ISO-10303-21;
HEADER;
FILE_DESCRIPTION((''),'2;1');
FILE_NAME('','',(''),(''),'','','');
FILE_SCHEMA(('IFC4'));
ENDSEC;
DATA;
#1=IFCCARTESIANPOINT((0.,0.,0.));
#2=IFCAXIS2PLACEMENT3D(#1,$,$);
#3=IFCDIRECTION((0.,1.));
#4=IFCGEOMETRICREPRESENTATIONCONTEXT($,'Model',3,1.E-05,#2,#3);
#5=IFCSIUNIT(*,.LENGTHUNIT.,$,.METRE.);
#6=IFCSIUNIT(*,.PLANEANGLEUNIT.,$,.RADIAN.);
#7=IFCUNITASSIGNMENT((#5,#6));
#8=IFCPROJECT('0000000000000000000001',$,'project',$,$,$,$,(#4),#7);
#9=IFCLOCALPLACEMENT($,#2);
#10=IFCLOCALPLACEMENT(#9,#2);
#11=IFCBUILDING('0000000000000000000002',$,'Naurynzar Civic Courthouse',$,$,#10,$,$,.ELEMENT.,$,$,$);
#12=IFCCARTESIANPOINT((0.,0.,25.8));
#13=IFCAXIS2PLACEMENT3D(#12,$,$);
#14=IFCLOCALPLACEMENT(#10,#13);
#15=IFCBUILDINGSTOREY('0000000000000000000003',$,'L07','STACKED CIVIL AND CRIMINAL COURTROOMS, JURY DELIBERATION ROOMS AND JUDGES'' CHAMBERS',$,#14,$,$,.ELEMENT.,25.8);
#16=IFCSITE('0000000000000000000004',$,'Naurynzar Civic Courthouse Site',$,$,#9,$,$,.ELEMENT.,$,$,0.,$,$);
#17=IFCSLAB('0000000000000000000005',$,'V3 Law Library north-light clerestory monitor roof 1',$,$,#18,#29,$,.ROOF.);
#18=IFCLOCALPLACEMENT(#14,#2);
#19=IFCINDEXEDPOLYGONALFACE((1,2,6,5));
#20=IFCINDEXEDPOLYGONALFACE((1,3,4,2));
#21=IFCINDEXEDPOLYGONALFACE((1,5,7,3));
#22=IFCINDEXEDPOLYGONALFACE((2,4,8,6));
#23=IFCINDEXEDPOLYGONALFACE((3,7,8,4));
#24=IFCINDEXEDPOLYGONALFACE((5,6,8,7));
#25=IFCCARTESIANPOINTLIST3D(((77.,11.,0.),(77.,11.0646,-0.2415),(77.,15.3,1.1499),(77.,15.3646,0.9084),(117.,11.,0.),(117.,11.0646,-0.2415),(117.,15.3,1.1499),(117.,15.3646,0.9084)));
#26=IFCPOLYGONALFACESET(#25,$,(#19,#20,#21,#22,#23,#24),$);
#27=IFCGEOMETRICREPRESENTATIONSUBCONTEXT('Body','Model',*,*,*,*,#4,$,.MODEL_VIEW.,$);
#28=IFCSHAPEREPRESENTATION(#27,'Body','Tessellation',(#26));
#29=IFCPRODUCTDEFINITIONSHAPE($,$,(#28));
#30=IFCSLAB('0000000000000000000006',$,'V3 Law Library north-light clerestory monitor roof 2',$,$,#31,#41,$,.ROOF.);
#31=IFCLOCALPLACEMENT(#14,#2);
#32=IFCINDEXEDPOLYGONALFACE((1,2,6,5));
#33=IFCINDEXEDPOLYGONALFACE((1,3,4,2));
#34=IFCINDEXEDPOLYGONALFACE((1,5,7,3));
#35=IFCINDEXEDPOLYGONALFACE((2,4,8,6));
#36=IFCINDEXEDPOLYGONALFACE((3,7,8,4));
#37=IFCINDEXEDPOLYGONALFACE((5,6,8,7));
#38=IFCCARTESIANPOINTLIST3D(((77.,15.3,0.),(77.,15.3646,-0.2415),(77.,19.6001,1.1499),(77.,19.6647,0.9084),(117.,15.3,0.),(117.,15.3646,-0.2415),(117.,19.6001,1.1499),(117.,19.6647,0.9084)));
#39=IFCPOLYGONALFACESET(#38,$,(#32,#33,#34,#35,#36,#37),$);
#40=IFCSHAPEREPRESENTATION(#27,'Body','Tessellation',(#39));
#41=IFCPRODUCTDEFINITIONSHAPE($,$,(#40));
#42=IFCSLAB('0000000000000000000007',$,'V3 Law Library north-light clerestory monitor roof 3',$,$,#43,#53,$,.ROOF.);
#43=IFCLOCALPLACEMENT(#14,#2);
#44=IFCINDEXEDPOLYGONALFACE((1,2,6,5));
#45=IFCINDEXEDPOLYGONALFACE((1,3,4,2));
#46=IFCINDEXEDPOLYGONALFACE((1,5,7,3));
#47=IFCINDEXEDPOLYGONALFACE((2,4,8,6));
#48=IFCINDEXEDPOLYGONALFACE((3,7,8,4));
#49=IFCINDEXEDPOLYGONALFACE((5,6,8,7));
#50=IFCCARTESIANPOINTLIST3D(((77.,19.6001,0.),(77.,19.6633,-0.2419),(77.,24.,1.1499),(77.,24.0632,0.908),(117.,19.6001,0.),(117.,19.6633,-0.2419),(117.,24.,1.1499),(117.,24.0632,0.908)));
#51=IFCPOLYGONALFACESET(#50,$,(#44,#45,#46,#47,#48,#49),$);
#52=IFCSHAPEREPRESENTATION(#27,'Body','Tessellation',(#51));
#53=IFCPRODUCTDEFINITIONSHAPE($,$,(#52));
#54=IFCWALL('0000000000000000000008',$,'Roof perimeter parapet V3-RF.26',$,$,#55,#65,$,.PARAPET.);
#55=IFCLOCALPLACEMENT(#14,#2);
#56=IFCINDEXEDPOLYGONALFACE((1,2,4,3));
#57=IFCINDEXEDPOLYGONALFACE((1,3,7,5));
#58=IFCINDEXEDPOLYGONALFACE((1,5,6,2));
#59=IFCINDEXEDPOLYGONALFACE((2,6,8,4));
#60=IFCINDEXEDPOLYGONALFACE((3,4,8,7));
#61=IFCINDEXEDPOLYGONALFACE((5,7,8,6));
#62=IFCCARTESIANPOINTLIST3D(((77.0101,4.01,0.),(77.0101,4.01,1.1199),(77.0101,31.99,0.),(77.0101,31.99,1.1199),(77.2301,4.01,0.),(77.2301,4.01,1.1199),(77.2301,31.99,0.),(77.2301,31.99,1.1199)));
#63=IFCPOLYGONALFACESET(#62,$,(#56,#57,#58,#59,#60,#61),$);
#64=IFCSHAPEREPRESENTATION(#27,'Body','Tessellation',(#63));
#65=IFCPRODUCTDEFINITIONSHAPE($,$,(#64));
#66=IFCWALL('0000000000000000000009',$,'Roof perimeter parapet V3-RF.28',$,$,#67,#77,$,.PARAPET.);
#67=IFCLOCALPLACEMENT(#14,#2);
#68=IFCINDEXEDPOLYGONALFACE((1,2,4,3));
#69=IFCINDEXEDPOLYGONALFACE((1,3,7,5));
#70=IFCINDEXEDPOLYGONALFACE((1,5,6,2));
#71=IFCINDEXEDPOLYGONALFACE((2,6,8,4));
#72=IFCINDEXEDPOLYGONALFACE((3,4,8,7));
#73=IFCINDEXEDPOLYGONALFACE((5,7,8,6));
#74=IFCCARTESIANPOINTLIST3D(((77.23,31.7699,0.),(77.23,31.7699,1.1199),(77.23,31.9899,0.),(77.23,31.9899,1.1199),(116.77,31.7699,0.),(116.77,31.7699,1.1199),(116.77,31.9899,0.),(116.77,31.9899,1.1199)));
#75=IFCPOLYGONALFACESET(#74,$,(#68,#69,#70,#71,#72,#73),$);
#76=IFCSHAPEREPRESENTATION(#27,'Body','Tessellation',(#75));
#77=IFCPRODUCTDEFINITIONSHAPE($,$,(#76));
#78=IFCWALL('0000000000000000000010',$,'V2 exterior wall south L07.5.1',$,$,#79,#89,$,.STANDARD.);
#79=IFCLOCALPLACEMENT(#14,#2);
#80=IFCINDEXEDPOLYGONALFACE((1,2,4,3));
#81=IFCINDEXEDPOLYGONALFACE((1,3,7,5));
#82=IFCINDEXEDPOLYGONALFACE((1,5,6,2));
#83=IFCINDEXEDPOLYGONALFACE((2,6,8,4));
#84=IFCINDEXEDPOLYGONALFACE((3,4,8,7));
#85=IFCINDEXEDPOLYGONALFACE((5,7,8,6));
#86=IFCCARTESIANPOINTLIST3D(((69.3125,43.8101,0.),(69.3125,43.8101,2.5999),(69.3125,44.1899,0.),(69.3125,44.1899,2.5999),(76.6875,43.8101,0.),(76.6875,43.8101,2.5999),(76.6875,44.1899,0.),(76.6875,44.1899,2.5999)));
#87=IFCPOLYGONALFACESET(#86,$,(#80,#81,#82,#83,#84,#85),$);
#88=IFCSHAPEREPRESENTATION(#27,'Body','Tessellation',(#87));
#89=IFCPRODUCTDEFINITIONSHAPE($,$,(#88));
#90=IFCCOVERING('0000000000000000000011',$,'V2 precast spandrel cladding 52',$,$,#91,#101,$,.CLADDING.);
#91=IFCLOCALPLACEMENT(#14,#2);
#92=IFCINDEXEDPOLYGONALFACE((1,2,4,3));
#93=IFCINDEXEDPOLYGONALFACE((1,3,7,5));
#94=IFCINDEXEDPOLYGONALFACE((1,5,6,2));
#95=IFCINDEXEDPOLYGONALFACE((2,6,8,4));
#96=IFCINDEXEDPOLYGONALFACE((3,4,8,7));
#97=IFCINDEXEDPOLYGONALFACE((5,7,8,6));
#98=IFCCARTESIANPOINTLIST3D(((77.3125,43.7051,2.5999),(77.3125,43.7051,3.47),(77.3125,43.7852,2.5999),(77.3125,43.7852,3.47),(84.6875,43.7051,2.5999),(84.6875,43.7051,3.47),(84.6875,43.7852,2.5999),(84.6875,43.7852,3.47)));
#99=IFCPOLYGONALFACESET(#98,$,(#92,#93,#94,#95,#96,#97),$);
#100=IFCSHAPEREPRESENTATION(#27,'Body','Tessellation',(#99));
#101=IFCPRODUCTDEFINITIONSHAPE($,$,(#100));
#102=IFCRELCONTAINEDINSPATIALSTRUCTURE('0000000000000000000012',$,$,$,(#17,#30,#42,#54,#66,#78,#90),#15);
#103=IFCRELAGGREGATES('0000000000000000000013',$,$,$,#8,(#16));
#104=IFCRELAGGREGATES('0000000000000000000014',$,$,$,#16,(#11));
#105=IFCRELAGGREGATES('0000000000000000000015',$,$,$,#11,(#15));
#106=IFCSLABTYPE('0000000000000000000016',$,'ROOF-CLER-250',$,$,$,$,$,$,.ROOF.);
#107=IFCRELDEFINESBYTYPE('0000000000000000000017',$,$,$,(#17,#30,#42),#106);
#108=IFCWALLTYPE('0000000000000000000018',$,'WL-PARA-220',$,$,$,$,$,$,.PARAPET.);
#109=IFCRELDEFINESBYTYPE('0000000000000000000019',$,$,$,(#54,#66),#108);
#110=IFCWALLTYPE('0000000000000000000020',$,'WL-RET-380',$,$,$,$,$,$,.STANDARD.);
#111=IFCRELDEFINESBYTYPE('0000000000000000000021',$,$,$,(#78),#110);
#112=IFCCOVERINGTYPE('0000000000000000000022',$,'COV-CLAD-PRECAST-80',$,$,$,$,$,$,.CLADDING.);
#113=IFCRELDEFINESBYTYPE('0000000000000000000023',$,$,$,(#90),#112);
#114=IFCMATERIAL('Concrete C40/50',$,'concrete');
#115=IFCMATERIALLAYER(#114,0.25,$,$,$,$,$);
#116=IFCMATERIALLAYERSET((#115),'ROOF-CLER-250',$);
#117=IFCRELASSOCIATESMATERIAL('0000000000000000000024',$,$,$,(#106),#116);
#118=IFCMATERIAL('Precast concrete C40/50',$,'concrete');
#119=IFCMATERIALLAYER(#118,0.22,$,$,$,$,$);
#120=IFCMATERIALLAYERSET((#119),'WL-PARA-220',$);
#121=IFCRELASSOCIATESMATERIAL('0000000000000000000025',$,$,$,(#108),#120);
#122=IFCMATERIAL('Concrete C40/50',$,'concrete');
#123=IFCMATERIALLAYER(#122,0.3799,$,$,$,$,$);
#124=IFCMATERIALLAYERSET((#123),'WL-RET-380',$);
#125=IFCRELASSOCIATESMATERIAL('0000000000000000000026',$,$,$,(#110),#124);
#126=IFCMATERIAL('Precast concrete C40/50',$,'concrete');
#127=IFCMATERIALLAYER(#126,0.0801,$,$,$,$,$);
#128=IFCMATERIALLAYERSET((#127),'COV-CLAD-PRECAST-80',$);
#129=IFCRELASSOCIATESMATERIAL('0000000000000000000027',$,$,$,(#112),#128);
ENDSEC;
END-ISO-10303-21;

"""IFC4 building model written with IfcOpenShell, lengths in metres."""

from ifc_helpers import new_model, si_unit, direction, frame, frame_2d, origin, origin_2d, place, context, subcontext, project, spatial, polyline, rectangle, outline, extrude, material, layer, layer_set, type_object, element, save


model = new_model("IFC4")

# Units and contexts
model_context = context("Model", 3, precision=1e-05, world=origin(), true_north=direction((0.0, 1.0)))
body_context = subcontext(model_context, "Body", "Model", "MODEL_VIEW")
ifc_project = project(units=[si_unit("LENGTHUNIT", "METRE"), si_unit("PLANEANGLEUNIT", "RADIAN")], contexts=[model_context])

# Site, building, storey
site_placement = place(None, origin())
site = spatial("IfcSite", under=ifc_project, at=site_placement, Name="Naurynzar Civic Courthouse Site", CompositionType="ELEMENT", RefElevation=0.0)
building_placement = place(site_placement, origin())
building = spatial("IfcBuilding", under=site, at=building_placement, Name="Naurynzar Civic Courthouse", CompositionType="ELEMENT")
storey_placement = place(building_placement, frame((0.0, 0.0, 25.8)))
storey = spatial("IfcBuildingStorey", under=building, at=storey_placement, Name="L07", Description="STACKED CIVIL AND CRIMINAL COURTROOMS, JURY DELIBERATION ROOMS AND JUDGES' CHAMBERS", CompositionType="ELEMENT", Elevation=25.8)

# Slabs
ifc_material_1 = material(Name="Concrete C40/50", Category="concrete")
ifc_layer_1 = layer(ifc_material_1, 0.25)
ifc_layer_set_1 = layer_set([ifc_layer_1], Name="ROOF-CLER-250")
slab_type = type_object("IfcSlabType", Name="ROOF-CLER-250", PredefinedType="ROOF", material=ifc_layer_set_1)
for number, where, z_axis, x_axis, name in (
    (1, (77.0, 11.0, 0.0), (0.0, -0.258339, 0.966054), (1.0, 0.0, 0.0), "V3 Law Library north-light clerestory monitor roof 1"),
    (2, (77.0, 15.3, 0.0), (0.0, -0.258339, 0.966054), (1.0, 0.0, 0.0), "V3 Law Library north-light clerestory monitor roof 2"),
):
    element("IfcSlab", number, at=place(storey_placement, frame(where, z_axis=z_axis, x_axis=x_axis)), inside=storey, type_object=slab_type, Name=name, PredefinedType="ROOF", context=body_context, shape_type="SweptSolid", body=[
        extrude(outline(polyline([(0.0, 0.0), (40.0, 0.0), (40.0, 4.4511), (0.0, 4.4511), (0.0, 0.0)])), origin(), (0.0, 0.0, -1.0), 0.25),
    ])
slab_placement = place(storey_placement, frame((77.0, 19.6001, 0.0), z_axis=(0.0, -0.252855, 0.967504), x_axis=(1.0, 0.0, 0.0)))
element("IfcSlab", 3, at=slab_placement, inside=storey, type_object=slab_type, Name="V3 Law Library north-light clerestory monitor roof 3", PredefinedType="ROOF", context=body_context, shape_type="SweptSolid", body=[
    extrude(outline(polyline([(0.0, 0.0), (40.0, 0.0), (40.0, 4.5477), (0.0, 4.5477), (0.0, 0.0)])), origin(), (0.0, 0.0, -1.0), 0.25),
])

# Walls
ifc_material_2 = material(Name="Precast concrete C40/50", Category="concrete")
ifc_layer_2 = layer(ifc_material_2, 0.22)
ifc_layer_set_2 = layer_set([ifc_layer_2], Name="WL-PARA-220")
wall_type_1 = type_object("IfcWallType", Name="WL-PARA-220", PredefinedType="PARAPET", material=ifc_layer_set_2)
wall_1_placement = place(storey_placement, frame((77.1201, 4.01, 0.0), z_axis=(0.0, 0.0, 1.0), x_axis=(0.0, 1.0, 0.0)))
element("IfcWall", 4, at=wall_1_placement, inside=storey, type_object=wall_type_1, Name="Roof perimeter parapet V3-RF.26", PredefinedType="PARAPET", context=body_context, shape_type="SweptSolid", body=[
    extrude(rectangle(XDim=27.98, YDim=0.22, at=frame_2d((13.99, 0.0))), origin(), (0.0, 0.0, 1.0), 1.1199),
])
wall_2_placement = place(storey_placement, frame((77.23, 31.8799, 0.0), z_axis=(0.0, 0.0, 1.0), x_axis=(1.0, 0.0, 0.0)))
element("IfcWall", 5, at=wall_2_placement, inside=storey, type_object=wall_type_1, Name="Roof perimeter parapet V3-RF.28", PredefinedType="PARAPET", context=body_context, shape_type="SweptSolid", body=[
    extrude(rectangle(XDim=39.54, YDim=0.22, at=frame_2d((19.77, 0.0))), origin(), (0.0, 0.0, 1.0), 1.1199),
])
ifc_material_3 = material(Name="Concrete C40/50", Category="concrete")
ifc_layer_3 = layer(ifc_material_3, 0.3799)
ifc_layer_set_3 = layer_set([ifc_layer_3], Name="WL-RET-380")
wall_type_2 = type_object("IfcWallType", Name="WL-RET-380", PredefinedType="STANDARD", material=ifc_layer_set_3)
wall_3_placement = place(storey_placement, frame((76.6875, 44.0, 0.0), z_axis=(0.0, 0.0, 1.0), x_axis=(-1.0, 0.0, 0.0)))
element("IfcWall", 6, at=wall_3_placement, inside=storey, type_object=wall_type_2, Name="V2 exterior wall south L07.5.1", PredefinedType="STANDARD", context=body_context, shape_type="SweptSolid", body=[
    extrude(rectangle(XDim=7.375, YDim=0.3799, at=frame_2d((3.6875, 0.0))), origin(), (0.0, 0.0, 1.0), 2.5999),
])

# Covering
ifc_material_4 = material(Name="Precast concrete C40/50", Category="concrete")
ifc_layer_4 = layer(ifc_material_4, 0.0801)
ifc_layer_set_4 = layer_set([ifc_layer_4], Name="COV-CLAD-PRECAST-80")
covering_type = type_object("IfcCoveringType", Name="COV-CLAD-PRECAST-80", PredefinedType="CLADDING", material=ifc_layer_set_4)
covering_placement = place(storey_placement, frame((81.0, 43.7451, 2.5999), z_axis=(0.0, 0.0, 1.0), x_axis=(-1.0, 0.0, 0.0)))
element("IfcCovering", 7, at=covering_placement, inside=storey, type_object=covering_type, Name="V2 precast spandrel cladding 52", PredefinedType="CLADDING", context=body_context, shape_type="SweptSolid", body=[
    extrude(rectangle(XDim=7.375, YDim=0.0801, at=origin_2d()), origin(), (0.0, 0.0, 1.0), 0.8701),
])

save(model, "model.ifc")
